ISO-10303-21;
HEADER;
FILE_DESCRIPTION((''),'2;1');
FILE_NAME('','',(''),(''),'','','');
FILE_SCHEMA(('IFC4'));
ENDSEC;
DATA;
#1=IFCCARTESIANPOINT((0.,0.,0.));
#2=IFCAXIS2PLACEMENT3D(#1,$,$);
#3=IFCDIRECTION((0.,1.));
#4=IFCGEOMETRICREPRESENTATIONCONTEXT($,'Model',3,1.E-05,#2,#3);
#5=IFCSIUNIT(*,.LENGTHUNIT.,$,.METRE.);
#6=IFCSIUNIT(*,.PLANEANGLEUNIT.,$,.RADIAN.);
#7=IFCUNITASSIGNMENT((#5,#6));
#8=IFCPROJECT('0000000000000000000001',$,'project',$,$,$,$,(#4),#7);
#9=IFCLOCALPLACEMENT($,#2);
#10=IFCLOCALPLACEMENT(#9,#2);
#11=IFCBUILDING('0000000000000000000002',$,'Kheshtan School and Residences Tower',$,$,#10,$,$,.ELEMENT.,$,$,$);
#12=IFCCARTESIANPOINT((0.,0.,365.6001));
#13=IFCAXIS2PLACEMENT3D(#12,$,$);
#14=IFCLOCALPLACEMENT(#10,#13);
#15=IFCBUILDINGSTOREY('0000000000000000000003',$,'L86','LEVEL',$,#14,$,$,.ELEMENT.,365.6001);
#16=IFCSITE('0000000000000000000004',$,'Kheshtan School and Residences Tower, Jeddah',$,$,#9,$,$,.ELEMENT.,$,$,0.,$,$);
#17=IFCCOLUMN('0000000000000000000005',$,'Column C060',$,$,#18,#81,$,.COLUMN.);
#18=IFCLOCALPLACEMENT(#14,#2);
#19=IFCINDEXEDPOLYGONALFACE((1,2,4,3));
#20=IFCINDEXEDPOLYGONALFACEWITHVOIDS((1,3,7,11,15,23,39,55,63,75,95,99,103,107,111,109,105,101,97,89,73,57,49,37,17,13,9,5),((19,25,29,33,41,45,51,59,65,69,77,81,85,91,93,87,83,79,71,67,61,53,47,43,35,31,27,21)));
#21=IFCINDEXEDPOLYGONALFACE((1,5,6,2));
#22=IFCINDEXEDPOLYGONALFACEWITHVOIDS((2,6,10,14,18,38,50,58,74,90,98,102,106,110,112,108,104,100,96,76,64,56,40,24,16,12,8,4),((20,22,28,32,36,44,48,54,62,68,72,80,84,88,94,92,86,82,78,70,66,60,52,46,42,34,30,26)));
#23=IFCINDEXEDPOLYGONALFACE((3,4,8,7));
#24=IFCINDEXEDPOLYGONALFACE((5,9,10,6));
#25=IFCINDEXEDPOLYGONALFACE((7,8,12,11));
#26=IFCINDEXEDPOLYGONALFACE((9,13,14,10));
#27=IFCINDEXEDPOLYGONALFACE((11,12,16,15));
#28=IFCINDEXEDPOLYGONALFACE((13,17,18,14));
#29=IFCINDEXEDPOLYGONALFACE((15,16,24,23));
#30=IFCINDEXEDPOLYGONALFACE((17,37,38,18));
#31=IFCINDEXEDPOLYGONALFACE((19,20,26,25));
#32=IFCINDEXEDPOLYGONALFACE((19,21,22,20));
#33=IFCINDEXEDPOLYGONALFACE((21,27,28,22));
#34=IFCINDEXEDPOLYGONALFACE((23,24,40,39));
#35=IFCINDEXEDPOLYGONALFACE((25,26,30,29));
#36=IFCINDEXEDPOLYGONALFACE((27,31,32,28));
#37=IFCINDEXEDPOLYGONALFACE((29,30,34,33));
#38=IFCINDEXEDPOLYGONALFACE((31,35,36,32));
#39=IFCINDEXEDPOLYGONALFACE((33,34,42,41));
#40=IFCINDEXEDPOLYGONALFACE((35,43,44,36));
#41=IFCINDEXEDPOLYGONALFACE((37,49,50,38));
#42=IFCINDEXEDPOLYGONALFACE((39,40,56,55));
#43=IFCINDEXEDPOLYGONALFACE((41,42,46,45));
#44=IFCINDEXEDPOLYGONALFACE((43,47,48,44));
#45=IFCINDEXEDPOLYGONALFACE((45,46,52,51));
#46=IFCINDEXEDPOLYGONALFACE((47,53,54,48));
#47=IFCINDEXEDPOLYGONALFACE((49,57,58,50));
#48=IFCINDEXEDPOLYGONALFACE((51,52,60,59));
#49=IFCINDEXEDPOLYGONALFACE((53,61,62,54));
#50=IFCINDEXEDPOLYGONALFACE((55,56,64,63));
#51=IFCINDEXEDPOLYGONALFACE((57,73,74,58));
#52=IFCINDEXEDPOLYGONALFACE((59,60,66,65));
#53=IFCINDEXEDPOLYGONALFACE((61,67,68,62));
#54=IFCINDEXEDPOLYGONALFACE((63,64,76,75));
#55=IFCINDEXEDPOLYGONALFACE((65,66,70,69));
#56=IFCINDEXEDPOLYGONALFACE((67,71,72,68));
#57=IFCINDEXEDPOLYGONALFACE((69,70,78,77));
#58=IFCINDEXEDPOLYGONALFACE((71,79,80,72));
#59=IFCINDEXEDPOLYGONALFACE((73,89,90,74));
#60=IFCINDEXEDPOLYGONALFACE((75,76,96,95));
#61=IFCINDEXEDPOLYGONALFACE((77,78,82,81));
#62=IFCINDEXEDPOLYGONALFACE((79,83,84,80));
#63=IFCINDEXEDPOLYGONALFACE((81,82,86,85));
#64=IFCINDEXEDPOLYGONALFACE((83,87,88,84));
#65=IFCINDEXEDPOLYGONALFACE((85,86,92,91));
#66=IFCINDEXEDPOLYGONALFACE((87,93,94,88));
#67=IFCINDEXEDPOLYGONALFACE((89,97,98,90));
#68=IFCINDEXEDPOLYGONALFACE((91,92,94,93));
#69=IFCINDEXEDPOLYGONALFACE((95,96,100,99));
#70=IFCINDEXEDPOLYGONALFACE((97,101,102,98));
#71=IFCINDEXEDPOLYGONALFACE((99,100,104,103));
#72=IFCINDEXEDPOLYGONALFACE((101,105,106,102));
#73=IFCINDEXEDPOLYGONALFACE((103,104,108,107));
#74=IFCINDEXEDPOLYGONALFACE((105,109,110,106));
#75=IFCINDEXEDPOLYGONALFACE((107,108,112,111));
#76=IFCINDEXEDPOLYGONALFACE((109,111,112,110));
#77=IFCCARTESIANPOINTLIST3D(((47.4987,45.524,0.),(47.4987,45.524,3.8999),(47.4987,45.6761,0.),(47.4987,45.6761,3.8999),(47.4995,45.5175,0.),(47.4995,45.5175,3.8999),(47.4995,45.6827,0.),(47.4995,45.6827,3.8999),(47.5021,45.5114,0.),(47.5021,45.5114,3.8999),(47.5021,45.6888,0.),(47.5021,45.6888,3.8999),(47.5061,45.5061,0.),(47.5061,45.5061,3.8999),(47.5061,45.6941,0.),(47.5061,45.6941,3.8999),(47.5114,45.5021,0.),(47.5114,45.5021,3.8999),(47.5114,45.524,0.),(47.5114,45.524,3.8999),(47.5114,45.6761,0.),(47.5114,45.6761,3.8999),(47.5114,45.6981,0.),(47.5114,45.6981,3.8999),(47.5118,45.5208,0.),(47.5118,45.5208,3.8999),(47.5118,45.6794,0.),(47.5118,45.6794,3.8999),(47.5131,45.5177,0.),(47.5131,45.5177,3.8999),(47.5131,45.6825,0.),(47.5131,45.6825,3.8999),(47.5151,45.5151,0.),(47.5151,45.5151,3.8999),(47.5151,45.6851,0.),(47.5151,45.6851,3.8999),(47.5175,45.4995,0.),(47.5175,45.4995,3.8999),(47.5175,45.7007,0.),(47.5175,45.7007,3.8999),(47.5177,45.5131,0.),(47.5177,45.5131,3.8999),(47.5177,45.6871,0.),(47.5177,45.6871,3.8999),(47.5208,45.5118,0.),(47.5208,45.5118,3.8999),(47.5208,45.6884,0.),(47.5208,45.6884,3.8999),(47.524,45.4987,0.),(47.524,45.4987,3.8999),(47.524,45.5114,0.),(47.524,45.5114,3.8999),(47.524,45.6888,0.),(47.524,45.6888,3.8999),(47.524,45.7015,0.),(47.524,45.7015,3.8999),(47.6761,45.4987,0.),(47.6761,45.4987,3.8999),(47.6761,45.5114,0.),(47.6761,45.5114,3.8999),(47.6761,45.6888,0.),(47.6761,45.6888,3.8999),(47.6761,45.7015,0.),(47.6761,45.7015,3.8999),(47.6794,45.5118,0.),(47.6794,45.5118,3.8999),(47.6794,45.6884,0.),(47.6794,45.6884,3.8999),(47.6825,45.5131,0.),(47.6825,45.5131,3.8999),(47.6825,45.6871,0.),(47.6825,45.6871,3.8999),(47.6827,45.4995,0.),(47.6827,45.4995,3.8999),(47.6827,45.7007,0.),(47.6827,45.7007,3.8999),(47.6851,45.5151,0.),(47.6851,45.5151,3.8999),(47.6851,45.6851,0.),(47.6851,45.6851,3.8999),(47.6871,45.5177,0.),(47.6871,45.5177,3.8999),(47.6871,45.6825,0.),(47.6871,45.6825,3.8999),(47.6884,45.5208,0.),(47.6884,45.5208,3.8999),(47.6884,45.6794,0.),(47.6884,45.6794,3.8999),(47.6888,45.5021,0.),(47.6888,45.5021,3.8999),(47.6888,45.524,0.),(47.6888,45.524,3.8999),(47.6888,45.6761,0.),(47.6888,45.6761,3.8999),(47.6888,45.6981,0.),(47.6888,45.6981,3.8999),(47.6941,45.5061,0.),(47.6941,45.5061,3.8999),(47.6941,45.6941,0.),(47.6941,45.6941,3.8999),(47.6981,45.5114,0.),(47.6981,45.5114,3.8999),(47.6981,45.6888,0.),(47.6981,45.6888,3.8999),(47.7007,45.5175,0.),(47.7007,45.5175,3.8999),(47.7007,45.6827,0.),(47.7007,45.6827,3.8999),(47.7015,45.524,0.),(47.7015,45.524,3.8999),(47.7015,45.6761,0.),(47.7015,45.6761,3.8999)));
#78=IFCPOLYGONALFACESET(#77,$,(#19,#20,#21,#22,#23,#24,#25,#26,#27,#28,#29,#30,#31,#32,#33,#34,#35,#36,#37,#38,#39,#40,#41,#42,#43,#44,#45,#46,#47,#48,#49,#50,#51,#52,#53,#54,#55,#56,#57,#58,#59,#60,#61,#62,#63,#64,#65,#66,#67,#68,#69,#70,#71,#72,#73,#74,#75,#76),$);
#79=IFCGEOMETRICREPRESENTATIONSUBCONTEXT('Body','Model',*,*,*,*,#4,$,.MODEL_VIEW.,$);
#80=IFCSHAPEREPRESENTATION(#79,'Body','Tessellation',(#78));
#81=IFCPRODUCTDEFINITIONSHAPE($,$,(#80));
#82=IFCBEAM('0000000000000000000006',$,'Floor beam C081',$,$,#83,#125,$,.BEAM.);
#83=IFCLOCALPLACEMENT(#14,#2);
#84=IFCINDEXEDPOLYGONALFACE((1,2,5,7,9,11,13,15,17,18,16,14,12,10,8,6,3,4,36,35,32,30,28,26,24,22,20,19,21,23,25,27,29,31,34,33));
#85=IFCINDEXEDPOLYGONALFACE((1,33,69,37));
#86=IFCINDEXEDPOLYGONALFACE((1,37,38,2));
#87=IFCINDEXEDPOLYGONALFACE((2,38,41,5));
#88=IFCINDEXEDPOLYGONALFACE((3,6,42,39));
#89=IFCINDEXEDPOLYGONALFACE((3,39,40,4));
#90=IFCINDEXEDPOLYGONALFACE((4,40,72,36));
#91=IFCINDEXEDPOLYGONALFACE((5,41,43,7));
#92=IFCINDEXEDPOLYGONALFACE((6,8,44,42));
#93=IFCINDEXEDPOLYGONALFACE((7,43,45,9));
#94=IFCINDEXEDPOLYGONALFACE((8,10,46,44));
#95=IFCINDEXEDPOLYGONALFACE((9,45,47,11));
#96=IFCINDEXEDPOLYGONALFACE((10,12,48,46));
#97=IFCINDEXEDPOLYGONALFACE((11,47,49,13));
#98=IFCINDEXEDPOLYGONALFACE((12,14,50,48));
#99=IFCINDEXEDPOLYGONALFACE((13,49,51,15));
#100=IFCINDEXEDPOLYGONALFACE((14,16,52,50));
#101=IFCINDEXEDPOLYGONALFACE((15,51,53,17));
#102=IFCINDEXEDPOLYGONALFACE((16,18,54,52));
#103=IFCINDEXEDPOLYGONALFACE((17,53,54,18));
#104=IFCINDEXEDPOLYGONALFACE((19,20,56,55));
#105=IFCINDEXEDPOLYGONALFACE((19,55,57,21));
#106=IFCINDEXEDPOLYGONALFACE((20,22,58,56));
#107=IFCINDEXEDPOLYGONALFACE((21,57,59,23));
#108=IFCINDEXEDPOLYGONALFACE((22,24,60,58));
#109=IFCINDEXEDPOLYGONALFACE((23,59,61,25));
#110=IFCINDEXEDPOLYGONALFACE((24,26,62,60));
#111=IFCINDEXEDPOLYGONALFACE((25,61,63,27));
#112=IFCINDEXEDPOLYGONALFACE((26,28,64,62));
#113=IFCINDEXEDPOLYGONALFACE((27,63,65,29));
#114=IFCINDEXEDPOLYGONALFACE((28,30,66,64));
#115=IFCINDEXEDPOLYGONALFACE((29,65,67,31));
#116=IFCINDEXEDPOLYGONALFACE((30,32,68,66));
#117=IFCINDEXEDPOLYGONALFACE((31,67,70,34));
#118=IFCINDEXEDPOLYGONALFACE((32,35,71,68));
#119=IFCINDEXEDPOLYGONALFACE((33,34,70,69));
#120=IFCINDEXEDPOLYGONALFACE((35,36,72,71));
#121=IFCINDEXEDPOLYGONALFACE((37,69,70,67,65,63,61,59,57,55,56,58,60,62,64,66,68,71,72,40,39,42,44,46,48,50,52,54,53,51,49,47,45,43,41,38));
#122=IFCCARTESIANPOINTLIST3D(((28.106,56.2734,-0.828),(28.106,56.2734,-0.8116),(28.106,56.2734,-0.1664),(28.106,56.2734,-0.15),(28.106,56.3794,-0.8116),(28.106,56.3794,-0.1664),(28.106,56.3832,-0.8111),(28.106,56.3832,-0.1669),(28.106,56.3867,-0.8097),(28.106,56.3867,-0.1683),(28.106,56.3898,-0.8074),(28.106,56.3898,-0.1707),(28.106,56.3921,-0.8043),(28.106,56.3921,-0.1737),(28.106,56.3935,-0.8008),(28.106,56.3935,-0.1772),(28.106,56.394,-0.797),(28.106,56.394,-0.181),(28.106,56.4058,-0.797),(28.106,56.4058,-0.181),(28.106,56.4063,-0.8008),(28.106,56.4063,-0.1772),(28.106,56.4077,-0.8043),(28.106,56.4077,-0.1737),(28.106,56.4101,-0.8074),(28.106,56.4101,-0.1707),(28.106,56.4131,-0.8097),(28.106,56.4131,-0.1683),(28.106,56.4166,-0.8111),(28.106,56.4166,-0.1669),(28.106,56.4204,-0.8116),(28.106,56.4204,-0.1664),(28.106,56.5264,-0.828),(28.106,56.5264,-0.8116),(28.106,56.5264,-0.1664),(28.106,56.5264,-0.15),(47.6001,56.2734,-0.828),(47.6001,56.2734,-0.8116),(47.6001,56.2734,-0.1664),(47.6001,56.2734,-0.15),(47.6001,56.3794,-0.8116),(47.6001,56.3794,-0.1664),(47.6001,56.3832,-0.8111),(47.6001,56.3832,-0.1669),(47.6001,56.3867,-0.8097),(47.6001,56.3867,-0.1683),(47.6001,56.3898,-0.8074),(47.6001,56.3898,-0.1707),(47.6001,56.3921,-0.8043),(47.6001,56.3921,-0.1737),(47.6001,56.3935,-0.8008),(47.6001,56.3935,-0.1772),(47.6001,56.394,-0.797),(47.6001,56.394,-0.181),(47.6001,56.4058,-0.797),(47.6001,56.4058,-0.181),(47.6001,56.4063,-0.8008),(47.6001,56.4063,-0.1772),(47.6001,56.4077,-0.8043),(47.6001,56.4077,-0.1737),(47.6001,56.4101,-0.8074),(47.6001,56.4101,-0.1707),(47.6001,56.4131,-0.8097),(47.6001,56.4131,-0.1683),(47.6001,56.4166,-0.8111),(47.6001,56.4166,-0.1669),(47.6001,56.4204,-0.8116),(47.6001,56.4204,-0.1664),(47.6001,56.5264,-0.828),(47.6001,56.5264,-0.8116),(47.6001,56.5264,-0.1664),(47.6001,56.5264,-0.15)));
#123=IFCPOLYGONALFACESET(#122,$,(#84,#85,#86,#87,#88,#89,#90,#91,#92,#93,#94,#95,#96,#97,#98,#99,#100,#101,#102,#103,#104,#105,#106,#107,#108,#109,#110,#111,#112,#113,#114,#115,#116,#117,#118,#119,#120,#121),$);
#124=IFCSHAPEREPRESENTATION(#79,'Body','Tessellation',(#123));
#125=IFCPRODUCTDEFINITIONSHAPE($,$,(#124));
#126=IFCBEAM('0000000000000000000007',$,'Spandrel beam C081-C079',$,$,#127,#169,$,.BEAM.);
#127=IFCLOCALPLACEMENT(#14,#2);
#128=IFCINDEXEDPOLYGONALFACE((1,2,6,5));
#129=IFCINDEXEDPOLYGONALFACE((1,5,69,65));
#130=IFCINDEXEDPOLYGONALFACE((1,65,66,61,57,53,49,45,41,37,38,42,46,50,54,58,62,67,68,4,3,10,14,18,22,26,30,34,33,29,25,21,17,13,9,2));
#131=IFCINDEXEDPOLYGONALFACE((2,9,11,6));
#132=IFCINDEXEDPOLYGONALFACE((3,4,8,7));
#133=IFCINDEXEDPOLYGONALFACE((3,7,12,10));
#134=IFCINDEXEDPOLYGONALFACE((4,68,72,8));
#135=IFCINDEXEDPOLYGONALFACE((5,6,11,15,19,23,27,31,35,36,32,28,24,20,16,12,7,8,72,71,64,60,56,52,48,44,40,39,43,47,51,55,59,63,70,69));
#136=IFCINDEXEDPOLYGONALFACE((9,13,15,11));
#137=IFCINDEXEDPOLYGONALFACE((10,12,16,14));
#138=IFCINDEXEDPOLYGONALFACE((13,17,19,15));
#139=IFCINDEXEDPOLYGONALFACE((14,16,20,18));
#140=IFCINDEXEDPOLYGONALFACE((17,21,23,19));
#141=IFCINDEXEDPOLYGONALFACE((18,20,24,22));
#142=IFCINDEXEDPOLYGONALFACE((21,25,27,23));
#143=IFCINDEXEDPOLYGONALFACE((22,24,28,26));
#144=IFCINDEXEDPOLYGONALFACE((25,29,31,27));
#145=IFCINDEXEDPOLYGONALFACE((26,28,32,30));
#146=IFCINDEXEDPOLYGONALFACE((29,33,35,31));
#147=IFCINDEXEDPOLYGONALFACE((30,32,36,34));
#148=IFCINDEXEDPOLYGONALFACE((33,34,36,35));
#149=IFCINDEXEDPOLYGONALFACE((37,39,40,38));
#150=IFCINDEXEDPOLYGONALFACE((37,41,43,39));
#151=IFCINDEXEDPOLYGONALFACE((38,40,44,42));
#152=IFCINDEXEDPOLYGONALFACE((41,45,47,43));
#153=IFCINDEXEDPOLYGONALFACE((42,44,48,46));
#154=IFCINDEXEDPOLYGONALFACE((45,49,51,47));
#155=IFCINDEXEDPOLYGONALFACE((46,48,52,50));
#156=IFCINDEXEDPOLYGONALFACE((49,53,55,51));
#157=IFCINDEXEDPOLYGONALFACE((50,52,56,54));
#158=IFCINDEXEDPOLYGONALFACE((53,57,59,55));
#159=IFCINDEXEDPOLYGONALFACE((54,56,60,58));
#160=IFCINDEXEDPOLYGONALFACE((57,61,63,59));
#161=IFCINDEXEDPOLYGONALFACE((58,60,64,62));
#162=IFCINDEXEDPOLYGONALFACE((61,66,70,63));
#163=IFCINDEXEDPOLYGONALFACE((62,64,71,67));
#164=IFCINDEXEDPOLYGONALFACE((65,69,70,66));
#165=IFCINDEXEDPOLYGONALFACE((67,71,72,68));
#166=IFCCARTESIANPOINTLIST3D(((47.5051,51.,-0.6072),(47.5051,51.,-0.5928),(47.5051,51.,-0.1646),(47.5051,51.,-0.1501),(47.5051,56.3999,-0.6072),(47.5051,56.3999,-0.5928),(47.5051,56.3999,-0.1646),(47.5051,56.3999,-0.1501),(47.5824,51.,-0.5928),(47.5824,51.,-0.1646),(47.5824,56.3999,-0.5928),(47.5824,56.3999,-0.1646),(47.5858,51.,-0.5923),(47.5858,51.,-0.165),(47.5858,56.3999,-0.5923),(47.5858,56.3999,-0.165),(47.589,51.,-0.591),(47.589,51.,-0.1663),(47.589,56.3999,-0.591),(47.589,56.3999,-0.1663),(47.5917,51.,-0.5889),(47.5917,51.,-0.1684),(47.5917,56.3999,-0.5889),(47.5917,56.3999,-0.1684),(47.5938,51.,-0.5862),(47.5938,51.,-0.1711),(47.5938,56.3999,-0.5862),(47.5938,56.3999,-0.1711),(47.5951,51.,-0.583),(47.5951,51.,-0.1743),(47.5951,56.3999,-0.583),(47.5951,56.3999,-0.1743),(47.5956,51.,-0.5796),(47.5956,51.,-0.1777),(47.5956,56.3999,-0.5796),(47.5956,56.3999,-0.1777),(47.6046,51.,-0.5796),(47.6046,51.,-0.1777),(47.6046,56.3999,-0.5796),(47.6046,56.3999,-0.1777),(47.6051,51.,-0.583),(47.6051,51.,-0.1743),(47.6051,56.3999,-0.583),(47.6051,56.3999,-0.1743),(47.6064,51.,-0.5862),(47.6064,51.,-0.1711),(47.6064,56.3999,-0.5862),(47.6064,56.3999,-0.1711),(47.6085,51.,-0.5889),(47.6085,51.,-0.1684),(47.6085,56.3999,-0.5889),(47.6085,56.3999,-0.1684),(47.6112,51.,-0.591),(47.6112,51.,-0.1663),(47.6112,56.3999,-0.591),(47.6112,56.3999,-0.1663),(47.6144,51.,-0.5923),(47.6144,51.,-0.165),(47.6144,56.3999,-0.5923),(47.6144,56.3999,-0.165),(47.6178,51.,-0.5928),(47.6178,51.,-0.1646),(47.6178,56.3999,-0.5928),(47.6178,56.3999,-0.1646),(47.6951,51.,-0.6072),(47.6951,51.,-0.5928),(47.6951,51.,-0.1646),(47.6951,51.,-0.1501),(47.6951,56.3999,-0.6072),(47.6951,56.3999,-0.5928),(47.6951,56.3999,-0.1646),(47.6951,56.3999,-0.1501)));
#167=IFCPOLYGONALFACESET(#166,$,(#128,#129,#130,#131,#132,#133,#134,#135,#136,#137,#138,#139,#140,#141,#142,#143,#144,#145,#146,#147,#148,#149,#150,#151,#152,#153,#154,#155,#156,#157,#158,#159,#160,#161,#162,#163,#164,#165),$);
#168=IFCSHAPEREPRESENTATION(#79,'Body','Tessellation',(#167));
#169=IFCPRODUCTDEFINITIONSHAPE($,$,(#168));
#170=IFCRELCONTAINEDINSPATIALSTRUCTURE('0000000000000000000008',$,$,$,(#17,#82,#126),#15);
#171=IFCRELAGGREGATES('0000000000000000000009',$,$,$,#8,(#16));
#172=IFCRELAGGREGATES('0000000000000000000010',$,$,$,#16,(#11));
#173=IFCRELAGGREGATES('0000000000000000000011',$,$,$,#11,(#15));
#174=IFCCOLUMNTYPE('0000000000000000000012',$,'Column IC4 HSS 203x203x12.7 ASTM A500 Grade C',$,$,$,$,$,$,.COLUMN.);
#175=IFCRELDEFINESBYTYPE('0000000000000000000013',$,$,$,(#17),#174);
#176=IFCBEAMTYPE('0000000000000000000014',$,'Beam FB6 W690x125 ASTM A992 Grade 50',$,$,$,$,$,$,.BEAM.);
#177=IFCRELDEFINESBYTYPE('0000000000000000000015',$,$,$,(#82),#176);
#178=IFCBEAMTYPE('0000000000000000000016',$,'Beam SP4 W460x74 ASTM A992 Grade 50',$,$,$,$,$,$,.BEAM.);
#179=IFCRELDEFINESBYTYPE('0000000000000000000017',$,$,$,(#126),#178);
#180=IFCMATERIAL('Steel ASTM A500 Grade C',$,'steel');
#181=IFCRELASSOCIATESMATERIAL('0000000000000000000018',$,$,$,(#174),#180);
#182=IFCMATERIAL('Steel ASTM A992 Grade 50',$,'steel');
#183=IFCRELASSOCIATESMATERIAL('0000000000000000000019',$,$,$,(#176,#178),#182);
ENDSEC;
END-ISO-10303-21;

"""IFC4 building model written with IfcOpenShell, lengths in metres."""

from ifc_helpers import new_model, si_unit, direction, frame, origin, origin_2d, place, context, subcontext, project, spatial, hollow_rectangle, i_section, extrude, material, material_profile, profile_set, type_object, element, save


model = new_model("IFC4")

# Units and contexts
model_context = context("Model", 3, precision=1e-05, world=origin(), true_north=direction((0.0, 1.0)))
body_context = subcontext(model_context, "Body", "Model", "MODEL_VIEW")
ifc_project = project(units=[si_unit("LENGTHUNIT", "METRE"), si_unit("PLANEANGLEUNIT", "RADIAN")], contexts=[model_context])

# Site, building, storey
site_placement = place(None, origin())
site = spatial("IfcSite", under=ifc_project, at=site_placement, Name="Kheshtan School and Residences Tower, Jeddah", CompositionType="ELEMENT", RefElevation=0.0)
building_placement = place(site_placement, origin())
building = spatial("IfcBuilding", under=site, at=building_placement, Name="Kheshtan School and Residences Tower", CompositionType="ELEMENT")
storey_placement = place(building_placement, frame((0.0, 0.0, 365.6001)))
storey = spatial("IfcBuildingStorey", under=building, at=storey_placement, Name="L86", Description="LEVEL", CompositionType="ELEMENT", Elevation=365.6001)

# Column
ifc_material_1 = material(Name="Steel ASTM A992 Grade 50", Category="steel")
ifc_material_2 = material(Name="Steel ASTM A500 Grade C", Category="steel")
ifc_material_profile_1 = material_profile(ifc_material_2, hollow_rectangle(XDim=0.2029, YDim=0.2029, WallThickness=0.0127, InnerFilletRadius=0.0127, OuterFilletRadius=0.0254, at=origin_2d()), Name="HSS 203x203x12.7")
ifc_profile_set_1 = profile_set([ifc_material_profile_1], Name="Steel ASTM A500 Grade C")
column_type_1 = type_object("IfcColumnType", Name="Column IC4 HSS 203x203x12.7 ASTM A500 Grade C", PredefinedType="COLUMN", material=ifc_profile_set_1)
column_placement = place(storey_placement, frame((47.6001, 45.6001, 0.0), z_axis=(0.0, 0.0, 1.0), x_axis=(1.0, 0.0, 0.0)))
element("IfcColumn", 1, at=column_placement, inside=storey, type_object=column_type_1, Name="Column C060", PredefinedType="COLUMN", context=body_context, shape_type="SweptSolid", body=[
    extrude(hollow_rectangle(XDim=0.2029, YDim=0.2029, WallThickness=0.0127, InnerFilletRadius=0.0127, OuterFilletRadius=0.0254, at=origin_2d()), origin(), (0.0, 0.0, 1.0), 3.8999),
])

# Beams
ifc_material_profile_2 = material_profile(ifc_material_1, i_section(OverallWidth=0.2529, OverallDepth=0.678, WebThickness=0.0117, FlangeThickness=0.0164, FilletRadius=0.0146, at=origin_2d()), Name="W690x125")
ifc_profile_set_2 = profile_set([ifc_material_profile_2], Name="Steel ASTM A992 Grade 50")
beam_type_1 = type_object("IfcBeamType", Name="Beam FB6 W690x125 ASTM A992 Grade 50", PredefinedType="BEAM", material=ifc_profile_set_2)
beam_1_placement = place(storey_placement, frame((47.6001, 56.3999, -0.489), z_axis=(-1.0, 0.0, 0.0), x_axis=(0.0, -1.0, 0.0)))
element("IfcBeam", 2, at=beam_1_placement, inside=storey, type_object=beam_type_1, Name="Floor beam C081", PredefinedType="BEAM", context=body_context, shape_type="SweptSolid", body=[
    extrude(i_section(OverallWidth=0.2529, OverallDepth=0.678, WebThickness=0.0117, FlangeThickness=0.0164, FilletRadius=0.0146, at=origin_2d()), origin(), (0.0, 0.0, 1.0), 19.4941),
])
ifc_material_profile_3 = material_profile(ifc_material_1, i_section(OverallWidth=0.1899, OverallDepth=0.457, WebThickness=0.009, FlangeThickness=0.0144, FilletRadius=0.0132, at=origin_2d()), Name="W460x74")
ifc_profile_set_3 = profile_set([ifc_material_profile_3], Name="Steel ASTM A992 Grade 50")
beam_type_2 = type_object("IfcBeamType", Name="Beam SP4 W460x74 ASTM A992 Grade 50", PredefinedType="BEAM", material=ifc_profile_set_3)
beam_2_placement = place(storey_placement, frame((47.6001, 56.3999, -0.3787), z_axis=(0.0, -1.0, 0.0), x_axis=(1.0, 0.0, 0.0)))
element("IfcBeam", 3, at=beam_2_placement, inside=storey, type_object=beam_type_2, Name="Spandrel beam C081-C079", PredefinedType="BEAM", context=body_context, shape_type="SweptSolid", body=[
    extrude(i_section(OverallWidth=0.1899, OverallDepth=0.457, WebThickness=0.009, FlangeThickness=0.0144, FilletRadius=0.0132, at=origin_2d()), origin(), (0.0, 0.0, 1.0), 5.3999),
])

save(model, "model.ifc")
